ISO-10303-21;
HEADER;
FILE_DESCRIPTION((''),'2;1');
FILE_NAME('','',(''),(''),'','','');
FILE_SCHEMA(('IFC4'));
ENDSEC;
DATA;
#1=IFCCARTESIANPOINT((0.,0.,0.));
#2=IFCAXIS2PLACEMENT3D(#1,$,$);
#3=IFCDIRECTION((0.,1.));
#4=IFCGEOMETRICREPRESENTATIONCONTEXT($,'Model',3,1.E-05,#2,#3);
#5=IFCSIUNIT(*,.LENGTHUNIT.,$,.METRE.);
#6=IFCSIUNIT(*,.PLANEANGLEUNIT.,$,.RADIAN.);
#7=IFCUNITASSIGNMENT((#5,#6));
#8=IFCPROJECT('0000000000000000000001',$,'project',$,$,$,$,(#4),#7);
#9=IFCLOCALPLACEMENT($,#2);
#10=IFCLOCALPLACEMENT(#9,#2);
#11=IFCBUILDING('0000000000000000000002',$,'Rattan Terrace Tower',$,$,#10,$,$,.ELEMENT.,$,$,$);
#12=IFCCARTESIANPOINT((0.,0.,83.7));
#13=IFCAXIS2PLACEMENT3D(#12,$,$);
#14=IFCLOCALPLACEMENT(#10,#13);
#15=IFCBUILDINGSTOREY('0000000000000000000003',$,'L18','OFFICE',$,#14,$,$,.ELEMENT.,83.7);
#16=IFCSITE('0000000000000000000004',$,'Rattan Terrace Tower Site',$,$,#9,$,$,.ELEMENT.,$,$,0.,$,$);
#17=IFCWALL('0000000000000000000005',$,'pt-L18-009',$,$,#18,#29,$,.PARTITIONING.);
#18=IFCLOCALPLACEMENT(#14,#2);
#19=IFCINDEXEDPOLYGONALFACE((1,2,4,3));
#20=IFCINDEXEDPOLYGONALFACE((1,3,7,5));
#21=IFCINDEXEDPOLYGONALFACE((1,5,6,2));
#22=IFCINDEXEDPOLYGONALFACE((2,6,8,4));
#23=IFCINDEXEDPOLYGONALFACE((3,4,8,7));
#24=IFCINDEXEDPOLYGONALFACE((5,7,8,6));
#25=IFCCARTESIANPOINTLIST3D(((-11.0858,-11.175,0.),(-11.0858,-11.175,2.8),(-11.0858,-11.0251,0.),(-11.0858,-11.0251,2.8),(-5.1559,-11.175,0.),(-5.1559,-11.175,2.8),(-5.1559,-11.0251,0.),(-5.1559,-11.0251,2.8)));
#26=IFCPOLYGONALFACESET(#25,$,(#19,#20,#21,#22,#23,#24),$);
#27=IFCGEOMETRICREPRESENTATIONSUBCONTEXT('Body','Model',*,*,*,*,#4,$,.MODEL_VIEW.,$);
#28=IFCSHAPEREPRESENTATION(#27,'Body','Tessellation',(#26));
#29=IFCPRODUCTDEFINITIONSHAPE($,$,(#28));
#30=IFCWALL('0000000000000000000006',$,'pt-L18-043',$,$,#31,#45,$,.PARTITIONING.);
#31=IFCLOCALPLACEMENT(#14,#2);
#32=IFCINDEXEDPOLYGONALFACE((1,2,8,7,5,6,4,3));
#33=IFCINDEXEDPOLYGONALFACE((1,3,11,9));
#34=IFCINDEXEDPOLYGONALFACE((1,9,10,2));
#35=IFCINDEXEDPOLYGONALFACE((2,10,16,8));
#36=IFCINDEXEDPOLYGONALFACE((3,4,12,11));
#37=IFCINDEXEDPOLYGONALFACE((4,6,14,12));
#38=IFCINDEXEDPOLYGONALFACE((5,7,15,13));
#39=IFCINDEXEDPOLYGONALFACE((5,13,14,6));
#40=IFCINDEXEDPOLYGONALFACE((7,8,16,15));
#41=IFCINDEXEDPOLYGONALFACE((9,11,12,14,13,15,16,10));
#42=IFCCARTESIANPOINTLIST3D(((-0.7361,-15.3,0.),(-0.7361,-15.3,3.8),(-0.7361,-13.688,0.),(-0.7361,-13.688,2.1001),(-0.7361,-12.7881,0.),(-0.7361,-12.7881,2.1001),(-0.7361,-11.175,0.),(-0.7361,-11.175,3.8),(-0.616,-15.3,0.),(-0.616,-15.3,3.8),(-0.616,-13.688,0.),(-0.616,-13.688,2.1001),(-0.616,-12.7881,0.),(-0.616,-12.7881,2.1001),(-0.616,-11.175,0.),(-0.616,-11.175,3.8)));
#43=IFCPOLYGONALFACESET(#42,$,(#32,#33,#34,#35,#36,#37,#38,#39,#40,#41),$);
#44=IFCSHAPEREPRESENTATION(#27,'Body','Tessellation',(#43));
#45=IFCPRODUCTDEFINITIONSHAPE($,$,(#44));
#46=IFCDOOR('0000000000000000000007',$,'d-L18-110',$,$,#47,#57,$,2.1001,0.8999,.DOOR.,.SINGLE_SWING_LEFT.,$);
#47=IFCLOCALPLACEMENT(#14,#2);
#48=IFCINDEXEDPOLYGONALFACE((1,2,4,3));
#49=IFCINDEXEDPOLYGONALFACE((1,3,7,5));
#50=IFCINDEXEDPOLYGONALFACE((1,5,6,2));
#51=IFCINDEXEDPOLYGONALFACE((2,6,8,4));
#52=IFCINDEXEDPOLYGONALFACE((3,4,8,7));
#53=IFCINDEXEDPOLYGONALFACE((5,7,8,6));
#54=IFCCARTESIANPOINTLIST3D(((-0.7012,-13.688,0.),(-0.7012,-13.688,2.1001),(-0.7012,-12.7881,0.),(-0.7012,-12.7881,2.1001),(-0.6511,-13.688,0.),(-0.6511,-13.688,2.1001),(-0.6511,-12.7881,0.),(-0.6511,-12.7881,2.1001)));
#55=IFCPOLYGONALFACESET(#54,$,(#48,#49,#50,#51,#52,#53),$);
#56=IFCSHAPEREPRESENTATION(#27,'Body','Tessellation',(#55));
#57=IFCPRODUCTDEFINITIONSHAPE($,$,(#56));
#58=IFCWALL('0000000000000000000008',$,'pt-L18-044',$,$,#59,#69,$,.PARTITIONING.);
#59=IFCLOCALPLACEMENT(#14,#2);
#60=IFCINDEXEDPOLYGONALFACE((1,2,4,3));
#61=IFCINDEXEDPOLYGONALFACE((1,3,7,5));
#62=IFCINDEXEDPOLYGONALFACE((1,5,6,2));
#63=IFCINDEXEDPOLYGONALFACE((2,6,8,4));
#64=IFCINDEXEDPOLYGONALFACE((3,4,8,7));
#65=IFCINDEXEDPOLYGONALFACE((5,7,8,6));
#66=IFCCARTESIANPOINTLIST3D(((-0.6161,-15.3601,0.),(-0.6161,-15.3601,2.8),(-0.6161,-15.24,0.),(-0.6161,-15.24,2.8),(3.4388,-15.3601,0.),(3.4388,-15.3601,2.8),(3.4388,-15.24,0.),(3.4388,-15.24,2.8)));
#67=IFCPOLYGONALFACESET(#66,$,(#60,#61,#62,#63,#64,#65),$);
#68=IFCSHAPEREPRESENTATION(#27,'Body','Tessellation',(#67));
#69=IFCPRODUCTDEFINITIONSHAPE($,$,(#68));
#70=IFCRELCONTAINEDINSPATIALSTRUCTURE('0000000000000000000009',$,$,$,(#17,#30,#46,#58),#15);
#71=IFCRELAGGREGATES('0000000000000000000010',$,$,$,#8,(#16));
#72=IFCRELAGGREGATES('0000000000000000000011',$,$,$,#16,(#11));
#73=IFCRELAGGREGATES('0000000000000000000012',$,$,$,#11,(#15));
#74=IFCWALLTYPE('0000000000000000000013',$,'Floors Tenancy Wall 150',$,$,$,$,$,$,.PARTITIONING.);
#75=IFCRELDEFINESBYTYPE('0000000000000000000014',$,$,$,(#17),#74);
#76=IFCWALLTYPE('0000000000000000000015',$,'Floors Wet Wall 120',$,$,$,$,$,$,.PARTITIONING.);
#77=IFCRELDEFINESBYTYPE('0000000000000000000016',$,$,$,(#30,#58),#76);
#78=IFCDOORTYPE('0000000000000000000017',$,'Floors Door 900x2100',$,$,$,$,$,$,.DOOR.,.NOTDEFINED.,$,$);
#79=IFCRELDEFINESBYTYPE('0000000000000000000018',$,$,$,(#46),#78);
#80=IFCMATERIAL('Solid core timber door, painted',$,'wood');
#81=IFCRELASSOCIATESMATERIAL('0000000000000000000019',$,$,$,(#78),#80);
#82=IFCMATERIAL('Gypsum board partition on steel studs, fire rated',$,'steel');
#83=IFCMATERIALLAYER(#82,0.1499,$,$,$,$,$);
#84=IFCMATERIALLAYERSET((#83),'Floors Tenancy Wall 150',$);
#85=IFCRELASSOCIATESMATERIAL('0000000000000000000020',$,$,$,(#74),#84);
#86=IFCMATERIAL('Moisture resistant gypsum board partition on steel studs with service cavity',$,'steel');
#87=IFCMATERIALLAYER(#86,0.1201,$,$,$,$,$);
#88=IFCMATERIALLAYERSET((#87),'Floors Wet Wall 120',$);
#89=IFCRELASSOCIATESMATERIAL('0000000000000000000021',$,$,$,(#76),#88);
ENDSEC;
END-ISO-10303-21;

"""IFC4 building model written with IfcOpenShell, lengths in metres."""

from ifc_helpers import new_model, si_unit, direction, frame, frame_2d, origin, place, context, subcontext, project, spatial, rectangle, extrude, material, layer, layer_set, type_object, element, fill, save


model = new_model("IFC4")

# Units and contexts
model_context = context("Model", 3, precision=1e-05, world=origin(), true_north=direction((0.0, 1.0)))
body_context = subcontext(model_context, "Body", "Model", "MODEL_VIEW")
ifc_project = project(units=[si_unit("LENGTHUNIT", "METRE"), si_unit("PLANEANGLEUNIT", "RADIAN")], contexts=[model_context])

# Site, building, storey
site_placement = place(None, origin())
site = spatial("IfcSite", under=ifc_project, at=site_placement, Name="Rattan Terrace Tower Site", CompositionType="ELEMENT", RefElevation=0.0)
building_placement = place(site_placement, origin())
building = spatial("IfcBuilding", under=site, at=building_placement, Name="Rattan Terrace Tower", CompositionType="ELEMENT")
storey_placement = place(building_placement, frame((0.0, 0.0, 83.7)))
storey = spatial("IfcBuildingStorey", under=building, at=storey_placement, Name="L18", Description="OFFICE", CompositionType="ELEMENT", Elevation=83.7)

# Shared definitions
ifc_material_1 = material(Name="Solid core timber door, painted", Category="wood")
door_type_1 = type_object("IfcDoorType", Name="Floors Door 900x2100", OperationType="NOTDEFINED", PredefinedType="DOOR", material=ifc_material_1)

# Shared definitions
ifc_material_2 = material(Name="Gypsum board partition on steel studs, fire rated", Category="steel")
ifc_layer_1 = layer(ifc_material_2, 0.1499)
ifc_layer_set_1 = layer_set([ifc_layer_1], Name="Floors Tenancy Wall 150")
wall_type_1 = type_object("IfcWallType", Name="Floors Tenancy Wall 150", PredefinedType="PARTITIONING", material=ifc_layer_set_1)

# Wall
wall_1_placement = place(storey_placement, frame((-5.156, -11.1001, 0.0), z_axis=(0.0, 0.0, 1.0), x_axis=(-1.0, 0.0, 0.0)))
element("IfcWall", 1, at=wall_1_placement, inside=storey, type_object=wall_type_1, Name="pt-L18-009", PredefinedType="PARTITIONING", context=body_context, shape_type="SweptSolid", body=[
    extrude(rectangle(XDim=5.9299, YDim=0.1499, at=frame_2d((2.9648, 0.0))), origin(), (0.0, 0.0, 1.0), 2.8),
])

# Wall, opening, door
ifc_material_3 = material(Name="Moisture resistant gypsum board partition on steel studs with service cavity", Category="steel")
ifc_layer_2 = layer(ifc_material_3, 0.1201)
ifc_layer_set_2 = layer_set([ifc_layer_2], Name="Floors Wet Wall 120")
wall_type_2 = type_object("IfcWallType", Name="Floors Wet Wall 120", PredefinedType="PARTITIONING", material=ifc_layer_set_2)
wall_2_placement = place(storey_placement, frame((-0.676, -11.175, 0.0), z_axis=(0.0, 0.0, 1.0), x_axis=(0.0, -1.0, 0.0)))
wall_2 = element("IfcWall", 2, at=wall_2_placement, inside=storey, type_object=wall_type_2, Name="pt-L18-043", PredefinedType="PARTITIONING", context=body_context, shape_type="SweptSolid", body=[
    extrude(rectangle(XDim=4.125, YDim=0.1201, at=frame_2d((2.0625, 0.0))), origin(), (0.0, 0.0, 1.0), 3.8),
])
opening_1_placement = place(wall_2_placement, frame((1.613, 0.0, 0.0)))
opening_1 = element("IfcOpeningElement", 3, at=opening_1_placement, cuts=wall_2, PredefinedType="OPENING", context=body_context, shape_type="SweptSolid", body=[
    extrude(rectangle(XDim=0.8999, YDim=2.1001, at=frame_2d((0.45, 1.05))), frame((0.0, 0.0706, 0.0), z_axis=(0.0, -1.0, 0.0), x_axis=(1.0, 0.0, 0.0)), (0.0, 0.0, 1.0), 0.1411),
])
door_1_placement = place(opening_1_placement, origin())
door_1 = element("IfcDoor", 4, at=door_1_placement, inside=storey, type_object=door_type_1, Name="d-L18-110", OperationType="SINGLE_SWING_LEFT", OverallHeight=2.1001, OverallWidth=0.8999, PredefinedType="DOOR", context=body_context, shape_type="SweptSolid", body=[
    extrude(rectangle(XDim=0.8999, YDim=2.1001, at=frame_2d((0.45, 1.05))), frame((0.0, 0.0249, 0.0), z_axis=(0.0, -1.0, 0.0), x_axis=(1.0, 0.0, 0.0)), (0.0, 0.0, 1.0), 0.05),
])
fill(opening_1, door_1)

# Wall
wall_3_placement = place(storey_placement, frame((-0.616, -15.3, 0.0), z_axis=(0.0, 0.0, 1.0), x_axis=(1.0, 0.0, 0.0)))
element("IfcWall", 5, at=wall_3_placement, inside=storey, type_object=wall_type_2, Name="pt-L18-044", PredefinedType="PARTITIONING", context=body_context, shape_type="SweptSolid", body=[
    extrude(rectangle(XDim=4.0549, YDim=0.1201, at=frame_2d((2.0273, 0.0))), origin(), (0.0, 0.0, 1.0), 2.8),
])

save(model, "model.ifc")
